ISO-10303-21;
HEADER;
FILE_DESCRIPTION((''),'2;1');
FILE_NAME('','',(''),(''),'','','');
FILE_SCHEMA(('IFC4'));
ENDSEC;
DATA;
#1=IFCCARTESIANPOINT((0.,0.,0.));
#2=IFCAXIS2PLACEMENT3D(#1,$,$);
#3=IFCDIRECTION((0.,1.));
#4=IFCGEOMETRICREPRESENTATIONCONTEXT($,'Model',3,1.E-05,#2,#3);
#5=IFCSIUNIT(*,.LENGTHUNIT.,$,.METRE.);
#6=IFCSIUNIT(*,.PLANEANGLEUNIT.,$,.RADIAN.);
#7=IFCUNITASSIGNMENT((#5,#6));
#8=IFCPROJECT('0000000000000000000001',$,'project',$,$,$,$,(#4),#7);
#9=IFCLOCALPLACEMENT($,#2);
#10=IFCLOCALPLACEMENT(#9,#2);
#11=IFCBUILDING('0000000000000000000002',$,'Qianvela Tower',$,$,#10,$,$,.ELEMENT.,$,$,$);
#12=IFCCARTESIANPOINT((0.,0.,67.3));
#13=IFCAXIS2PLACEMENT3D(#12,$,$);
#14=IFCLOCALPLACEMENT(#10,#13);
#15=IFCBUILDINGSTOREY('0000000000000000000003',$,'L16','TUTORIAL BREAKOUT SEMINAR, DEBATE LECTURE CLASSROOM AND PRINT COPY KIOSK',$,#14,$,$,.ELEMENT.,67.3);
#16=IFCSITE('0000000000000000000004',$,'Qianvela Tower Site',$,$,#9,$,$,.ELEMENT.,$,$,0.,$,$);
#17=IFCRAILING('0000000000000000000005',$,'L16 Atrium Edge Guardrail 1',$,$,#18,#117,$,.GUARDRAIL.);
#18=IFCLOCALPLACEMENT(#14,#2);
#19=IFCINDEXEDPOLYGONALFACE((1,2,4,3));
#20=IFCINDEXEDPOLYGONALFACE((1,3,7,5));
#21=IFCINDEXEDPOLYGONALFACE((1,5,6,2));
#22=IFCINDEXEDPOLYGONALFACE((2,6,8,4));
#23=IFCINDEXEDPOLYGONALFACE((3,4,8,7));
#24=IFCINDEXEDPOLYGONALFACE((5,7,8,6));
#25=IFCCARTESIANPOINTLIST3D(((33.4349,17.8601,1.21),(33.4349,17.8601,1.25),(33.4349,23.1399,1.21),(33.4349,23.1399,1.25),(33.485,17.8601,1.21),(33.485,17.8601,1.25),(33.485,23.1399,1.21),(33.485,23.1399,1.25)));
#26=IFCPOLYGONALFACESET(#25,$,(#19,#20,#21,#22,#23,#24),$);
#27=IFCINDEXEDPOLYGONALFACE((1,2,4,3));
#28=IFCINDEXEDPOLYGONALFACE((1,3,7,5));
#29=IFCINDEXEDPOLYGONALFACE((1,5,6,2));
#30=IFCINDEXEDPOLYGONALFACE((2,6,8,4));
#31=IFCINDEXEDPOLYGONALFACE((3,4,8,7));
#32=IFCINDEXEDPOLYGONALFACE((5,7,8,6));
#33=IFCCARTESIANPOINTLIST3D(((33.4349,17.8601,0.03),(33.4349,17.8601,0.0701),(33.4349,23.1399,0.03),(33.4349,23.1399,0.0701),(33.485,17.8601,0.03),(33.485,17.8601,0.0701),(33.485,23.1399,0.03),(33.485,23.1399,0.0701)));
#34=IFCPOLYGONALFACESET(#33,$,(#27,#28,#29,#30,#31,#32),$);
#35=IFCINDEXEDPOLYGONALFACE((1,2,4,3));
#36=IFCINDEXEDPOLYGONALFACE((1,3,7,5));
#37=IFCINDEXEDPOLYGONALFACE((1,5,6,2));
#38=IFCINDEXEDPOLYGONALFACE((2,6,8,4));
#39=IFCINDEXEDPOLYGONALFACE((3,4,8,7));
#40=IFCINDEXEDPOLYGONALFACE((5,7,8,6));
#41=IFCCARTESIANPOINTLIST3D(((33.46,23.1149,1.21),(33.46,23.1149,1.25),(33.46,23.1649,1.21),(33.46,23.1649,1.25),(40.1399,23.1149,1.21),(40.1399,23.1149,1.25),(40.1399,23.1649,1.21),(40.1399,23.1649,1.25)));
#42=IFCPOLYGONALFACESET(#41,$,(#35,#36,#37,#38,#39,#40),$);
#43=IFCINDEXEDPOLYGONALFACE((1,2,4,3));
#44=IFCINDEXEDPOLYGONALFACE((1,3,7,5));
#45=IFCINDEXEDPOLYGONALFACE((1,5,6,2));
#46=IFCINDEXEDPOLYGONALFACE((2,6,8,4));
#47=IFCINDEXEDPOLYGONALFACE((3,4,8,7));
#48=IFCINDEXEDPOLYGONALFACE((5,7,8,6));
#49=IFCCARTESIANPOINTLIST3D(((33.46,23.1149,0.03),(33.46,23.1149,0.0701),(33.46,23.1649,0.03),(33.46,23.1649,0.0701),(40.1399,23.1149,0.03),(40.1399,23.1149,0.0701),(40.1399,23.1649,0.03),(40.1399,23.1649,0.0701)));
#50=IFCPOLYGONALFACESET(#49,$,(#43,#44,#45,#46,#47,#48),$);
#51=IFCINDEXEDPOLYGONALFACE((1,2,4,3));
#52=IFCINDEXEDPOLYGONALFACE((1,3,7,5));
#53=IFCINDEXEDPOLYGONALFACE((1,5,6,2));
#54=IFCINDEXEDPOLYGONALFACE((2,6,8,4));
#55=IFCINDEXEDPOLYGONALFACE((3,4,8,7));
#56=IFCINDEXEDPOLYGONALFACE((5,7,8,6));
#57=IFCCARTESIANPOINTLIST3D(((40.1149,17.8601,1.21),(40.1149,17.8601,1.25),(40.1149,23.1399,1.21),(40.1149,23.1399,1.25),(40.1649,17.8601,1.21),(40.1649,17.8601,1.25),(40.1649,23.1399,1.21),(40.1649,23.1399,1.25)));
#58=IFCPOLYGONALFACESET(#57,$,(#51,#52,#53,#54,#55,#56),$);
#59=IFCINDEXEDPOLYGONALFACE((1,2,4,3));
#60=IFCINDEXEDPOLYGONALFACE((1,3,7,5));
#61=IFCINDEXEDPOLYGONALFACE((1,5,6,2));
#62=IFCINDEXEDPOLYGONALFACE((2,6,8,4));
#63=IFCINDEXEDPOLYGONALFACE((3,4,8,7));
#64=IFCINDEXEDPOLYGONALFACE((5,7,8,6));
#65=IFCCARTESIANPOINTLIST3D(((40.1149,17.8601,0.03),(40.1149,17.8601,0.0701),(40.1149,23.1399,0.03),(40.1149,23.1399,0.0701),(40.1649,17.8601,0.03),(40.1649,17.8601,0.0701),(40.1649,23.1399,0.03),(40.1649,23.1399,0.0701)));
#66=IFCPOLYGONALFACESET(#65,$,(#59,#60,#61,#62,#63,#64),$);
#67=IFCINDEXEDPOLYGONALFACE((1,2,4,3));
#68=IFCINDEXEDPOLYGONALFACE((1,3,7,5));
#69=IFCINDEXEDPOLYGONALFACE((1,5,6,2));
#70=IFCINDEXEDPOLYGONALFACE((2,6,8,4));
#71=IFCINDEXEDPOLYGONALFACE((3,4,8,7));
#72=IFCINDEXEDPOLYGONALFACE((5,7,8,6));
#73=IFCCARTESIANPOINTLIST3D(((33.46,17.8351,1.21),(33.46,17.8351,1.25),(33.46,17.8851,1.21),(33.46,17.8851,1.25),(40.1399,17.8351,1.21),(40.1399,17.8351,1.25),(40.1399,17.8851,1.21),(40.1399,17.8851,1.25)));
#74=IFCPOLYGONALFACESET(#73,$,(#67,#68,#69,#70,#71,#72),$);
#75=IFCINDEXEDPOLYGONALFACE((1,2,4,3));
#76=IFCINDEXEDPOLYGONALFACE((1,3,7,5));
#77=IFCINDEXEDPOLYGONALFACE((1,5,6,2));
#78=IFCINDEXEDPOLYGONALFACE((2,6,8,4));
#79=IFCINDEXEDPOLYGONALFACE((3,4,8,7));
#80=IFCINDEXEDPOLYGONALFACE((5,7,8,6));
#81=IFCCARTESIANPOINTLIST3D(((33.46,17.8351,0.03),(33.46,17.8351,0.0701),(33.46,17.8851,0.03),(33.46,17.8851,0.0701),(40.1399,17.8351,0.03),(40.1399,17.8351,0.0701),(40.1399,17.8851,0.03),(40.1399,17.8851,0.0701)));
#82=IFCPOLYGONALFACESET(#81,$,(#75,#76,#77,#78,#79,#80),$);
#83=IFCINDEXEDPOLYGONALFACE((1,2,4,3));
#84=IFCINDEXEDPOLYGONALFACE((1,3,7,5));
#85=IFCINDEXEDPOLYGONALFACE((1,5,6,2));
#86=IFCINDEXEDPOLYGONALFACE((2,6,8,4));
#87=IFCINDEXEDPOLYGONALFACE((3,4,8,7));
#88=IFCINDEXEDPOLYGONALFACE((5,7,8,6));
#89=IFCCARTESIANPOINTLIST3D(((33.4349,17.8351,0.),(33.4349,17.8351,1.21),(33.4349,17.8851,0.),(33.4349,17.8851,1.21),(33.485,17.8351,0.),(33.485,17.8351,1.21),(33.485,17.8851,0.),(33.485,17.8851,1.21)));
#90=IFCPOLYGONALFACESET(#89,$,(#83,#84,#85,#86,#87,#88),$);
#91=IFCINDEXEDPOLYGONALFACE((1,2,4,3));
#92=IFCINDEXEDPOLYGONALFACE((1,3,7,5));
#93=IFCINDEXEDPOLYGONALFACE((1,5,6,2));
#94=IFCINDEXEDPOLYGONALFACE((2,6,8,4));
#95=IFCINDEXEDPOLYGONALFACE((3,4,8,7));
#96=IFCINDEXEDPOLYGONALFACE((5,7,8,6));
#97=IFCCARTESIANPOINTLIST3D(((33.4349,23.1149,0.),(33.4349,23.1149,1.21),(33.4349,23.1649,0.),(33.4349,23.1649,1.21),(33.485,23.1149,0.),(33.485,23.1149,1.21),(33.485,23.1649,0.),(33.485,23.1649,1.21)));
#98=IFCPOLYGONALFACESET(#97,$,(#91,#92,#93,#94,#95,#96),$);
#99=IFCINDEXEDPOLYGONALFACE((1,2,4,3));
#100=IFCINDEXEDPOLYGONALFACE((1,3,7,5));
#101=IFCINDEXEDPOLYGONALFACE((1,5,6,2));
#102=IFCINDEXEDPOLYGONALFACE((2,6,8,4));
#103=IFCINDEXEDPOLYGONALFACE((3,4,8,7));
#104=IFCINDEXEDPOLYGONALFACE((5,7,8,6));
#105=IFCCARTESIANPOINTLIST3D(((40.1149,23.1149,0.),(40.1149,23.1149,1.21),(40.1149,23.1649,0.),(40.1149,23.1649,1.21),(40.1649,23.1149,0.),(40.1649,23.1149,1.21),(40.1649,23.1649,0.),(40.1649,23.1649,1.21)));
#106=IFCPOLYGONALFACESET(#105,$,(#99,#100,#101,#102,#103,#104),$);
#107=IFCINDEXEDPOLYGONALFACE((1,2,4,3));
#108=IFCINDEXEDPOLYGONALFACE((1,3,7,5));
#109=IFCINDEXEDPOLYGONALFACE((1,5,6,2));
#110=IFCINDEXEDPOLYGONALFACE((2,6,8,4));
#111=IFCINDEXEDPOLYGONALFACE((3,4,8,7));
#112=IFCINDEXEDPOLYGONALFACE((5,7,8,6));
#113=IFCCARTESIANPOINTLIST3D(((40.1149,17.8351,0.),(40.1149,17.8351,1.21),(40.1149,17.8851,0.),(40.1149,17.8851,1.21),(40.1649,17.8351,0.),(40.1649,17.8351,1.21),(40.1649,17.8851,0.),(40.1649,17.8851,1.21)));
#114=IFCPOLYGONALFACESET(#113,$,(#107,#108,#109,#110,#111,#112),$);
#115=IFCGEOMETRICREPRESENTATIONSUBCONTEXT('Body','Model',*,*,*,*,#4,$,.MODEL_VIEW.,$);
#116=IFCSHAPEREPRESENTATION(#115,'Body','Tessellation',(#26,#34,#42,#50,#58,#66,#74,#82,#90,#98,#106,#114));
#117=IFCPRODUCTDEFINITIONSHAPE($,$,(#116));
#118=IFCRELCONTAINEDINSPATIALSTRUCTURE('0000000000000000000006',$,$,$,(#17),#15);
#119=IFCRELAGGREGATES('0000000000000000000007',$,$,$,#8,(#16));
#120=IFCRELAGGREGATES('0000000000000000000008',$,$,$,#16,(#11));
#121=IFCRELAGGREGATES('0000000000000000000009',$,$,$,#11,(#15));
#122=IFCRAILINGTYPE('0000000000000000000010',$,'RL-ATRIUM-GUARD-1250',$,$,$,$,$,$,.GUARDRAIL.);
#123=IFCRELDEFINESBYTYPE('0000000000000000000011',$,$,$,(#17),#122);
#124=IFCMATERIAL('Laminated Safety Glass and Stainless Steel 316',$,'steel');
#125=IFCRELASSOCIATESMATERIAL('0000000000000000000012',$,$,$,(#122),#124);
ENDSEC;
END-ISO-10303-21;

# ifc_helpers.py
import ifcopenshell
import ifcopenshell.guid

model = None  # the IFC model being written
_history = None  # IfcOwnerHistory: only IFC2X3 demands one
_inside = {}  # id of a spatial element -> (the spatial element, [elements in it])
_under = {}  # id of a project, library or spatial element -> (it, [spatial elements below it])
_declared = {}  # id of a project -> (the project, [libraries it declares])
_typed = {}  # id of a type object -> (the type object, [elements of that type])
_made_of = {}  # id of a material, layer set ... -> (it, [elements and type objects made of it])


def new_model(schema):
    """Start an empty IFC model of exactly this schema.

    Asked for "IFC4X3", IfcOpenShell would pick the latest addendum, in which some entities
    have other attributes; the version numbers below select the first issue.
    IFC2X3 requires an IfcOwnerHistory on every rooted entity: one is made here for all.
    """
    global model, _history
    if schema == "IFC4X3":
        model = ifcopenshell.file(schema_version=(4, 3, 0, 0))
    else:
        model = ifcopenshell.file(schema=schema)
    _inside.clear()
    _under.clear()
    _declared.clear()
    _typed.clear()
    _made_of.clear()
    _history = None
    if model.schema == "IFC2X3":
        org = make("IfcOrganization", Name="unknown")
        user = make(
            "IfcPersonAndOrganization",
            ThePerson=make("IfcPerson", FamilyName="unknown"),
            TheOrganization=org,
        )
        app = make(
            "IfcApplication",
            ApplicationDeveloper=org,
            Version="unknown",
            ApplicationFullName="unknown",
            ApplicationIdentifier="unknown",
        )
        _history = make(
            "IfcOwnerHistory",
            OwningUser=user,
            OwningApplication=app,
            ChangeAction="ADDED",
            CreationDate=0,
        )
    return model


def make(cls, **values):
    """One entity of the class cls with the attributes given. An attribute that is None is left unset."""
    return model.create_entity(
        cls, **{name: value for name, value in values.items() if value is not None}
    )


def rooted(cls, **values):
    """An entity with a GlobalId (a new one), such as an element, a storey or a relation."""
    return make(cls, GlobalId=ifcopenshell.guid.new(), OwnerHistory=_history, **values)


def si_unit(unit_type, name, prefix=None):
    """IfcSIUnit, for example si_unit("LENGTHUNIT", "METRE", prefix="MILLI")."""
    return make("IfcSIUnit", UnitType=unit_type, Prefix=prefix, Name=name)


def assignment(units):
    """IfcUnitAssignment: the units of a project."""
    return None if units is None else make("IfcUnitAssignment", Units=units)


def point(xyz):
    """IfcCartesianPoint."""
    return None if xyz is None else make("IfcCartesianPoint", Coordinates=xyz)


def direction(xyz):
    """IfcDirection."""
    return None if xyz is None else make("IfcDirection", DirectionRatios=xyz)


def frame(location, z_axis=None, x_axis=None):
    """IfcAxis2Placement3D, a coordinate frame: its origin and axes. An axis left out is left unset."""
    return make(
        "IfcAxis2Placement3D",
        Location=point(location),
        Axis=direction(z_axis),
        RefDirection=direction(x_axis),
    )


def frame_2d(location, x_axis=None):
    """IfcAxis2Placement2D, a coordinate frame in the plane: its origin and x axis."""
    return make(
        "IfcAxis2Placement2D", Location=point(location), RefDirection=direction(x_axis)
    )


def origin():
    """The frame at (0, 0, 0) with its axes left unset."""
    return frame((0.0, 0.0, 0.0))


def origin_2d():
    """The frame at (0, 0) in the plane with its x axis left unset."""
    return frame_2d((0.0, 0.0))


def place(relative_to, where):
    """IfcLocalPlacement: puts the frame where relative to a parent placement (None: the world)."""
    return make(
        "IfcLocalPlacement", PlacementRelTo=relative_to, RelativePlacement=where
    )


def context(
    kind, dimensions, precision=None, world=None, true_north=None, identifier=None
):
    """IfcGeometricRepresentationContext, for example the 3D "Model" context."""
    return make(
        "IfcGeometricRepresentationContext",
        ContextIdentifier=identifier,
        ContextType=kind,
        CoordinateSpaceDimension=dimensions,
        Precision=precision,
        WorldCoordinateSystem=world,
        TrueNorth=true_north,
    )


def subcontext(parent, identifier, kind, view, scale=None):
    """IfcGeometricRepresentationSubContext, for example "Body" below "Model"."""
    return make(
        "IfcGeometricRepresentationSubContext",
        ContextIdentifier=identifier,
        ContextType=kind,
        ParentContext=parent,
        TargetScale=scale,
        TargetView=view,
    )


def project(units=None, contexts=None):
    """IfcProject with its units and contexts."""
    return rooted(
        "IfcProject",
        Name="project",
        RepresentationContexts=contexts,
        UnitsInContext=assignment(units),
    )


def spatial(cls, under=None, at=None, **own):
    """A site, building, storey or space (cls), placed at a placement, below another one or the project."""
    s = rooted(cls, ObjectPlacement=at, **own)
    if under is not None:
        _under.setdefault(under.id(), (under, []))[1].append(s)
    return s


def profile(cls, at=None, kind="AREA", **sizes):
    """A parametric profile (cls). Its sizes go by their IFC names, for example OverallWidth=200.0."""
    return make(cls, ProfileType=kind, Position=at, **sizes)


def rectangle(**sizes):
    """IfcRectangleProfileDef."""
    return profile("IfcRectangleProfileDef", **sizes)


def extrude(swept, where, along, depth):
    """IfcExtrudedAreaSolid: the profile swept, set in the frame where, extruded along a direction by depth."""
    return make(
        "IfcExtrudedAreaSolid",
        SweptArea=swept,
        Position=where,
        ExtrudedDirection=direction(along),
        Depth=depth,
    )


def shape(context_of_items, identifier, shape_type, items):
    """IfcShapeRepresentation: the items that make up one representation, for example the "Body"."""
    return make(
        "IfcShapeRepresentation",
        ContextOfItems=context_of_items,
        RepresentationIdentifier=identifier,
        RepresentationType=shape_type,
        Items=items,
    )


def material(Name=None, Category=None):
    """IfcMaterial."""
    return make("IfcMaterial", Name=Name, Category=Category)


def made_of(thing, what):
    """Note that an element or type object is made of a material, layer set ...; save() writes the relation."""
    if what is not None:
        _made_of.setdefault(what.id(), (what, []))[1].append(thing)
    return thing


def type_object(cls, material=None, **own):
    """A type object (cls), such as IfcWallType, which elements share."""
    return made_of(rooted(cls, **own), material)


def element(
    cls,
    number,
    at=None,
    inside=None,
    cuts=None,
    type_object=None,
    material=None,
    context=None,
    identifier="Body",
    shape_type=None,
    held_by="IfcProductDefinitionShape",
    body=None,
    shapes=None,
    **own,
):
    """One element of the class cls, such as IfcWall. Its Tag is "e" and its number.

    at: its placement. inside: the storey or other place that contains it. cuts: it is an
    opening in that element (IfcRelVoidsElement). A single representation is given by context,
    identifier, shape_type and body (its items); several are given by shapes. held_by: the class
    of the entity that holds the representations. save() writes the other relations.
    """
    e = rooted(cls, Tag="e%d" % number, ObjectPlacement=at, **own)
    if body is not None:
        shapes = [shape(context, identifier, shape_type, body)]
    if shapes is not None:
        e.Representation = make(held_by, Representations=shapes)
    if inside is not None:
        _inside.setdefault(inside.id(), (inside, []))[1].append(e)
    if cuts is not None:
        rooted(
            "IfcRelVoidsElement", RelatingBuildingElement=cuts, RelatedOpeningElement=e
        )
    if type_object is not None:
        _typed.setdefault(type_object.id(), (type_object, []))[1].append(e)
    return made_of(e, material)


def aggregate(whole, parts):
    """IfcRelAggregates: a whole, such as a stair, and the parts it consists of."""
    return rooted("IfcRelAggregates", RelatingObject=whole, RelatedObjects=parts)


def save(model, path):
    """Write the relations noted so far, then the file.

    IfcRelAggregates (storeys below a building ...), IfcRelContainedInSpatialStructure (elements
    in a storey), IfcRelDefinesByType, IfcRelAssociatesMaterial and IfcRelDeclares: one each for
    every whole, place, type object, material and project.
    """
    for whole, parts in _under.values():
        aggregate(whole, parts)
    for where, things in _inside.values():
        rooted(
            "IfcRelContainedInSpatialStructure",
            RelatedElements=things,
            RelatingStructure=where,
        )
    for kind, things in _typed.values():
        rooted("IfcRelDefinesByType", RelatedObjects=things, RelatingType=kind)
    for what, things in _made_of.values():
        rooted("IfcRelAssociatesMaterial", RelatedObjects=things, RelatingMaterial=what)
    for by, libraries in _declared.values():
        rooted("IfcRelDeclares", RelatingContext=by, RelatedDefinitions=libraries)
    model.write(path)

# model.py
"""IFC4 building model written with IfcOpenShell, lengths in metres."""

from ifc_helpers import new_model, si_unit, direction, frame, origin, origin_2d, place, context, subcontext, project, spatial, rectangle, extrude, material, type_object, element, save


model = new_model("IFC4")

# Units and contexts
model_context = context("Model", 3, precision=1e-05, world=origin(), true_north=direction((0.0, 1.0)))
body_context = subcontext(model_context, "Body", "Model", "MODEL_VIEW")
ifc_project = project(units=[si_unit("LENGTHUNIT", "METRE"), si_unit("PLANEANGLEUNIT", "RADIAN")], contexts=[model_context])

# Site, building, storey
site_placement = place(None, origin())
site = spatial("IfcSite", under=ifc_project, at=site_placement, Name="Qianvela Tower Site", CompositionType="ELEMENT", RefElevation=0.0)
building_placement = place(site_placement, origin())
building = spatial("IfcBuilding", under=site, at=building_placement, Name="Qianvela Tower", CompositionType="ELEMENT")
storey_placement = place(building_placement, frame((0.0, 0.0, 67.3)))
storey = spatial("IfcBuildingStorey", under=building, at=storey_placement, Name="L16", Description="TUTORIAL BREAKOUT SEMINAR, DEBATE LECTURE CLASSROOM AND PRINT COPY KIOSK", CompositionType="ELEMENT", Elevation=67.3)

# Railing
ifc_material_1 = material(Name="Laminated Safety Glass and Stainless Steel 316", Category="steel")
railing_type = type_object("IfcRailingType", Name="RL-ATRIUM-GUARD-1250", PredefinedType="GUARDRAIL", material=ifc_material_1)
railing_placement = place(storey_placement, frame((33.46, 17.8601, 0.0)))
element("IfcRailing", 1, at=railing_placement, inside=storey, type_object=railing_type, Name="L16 Atrium Edge Guardrail 1", PredefinedType="GUARDRAIL", context=body_context, shape_type="SweptSolid", body=[
    extrude(rectangle(XDim=0.05, YDim=0.04, at=origin_2d()), frame((0.0, 0.0, 1.23), z_axis=(0.0, 1.0, 0.0), x_axis=(-1.0, 0.0, 0.0)), (0.0, 0.0, 1.0), 5.2798),
    extrude(rectangle(XDim=0.05, YDim=0.04, at=origin_2d()), frame((0.0, 0.0, 0.05), z_axis=(0.0, 1.0, 0.0), x_axis=(-1.0, 0.0, 0.0)), (0.0, 0.0, 1.0), 5.2798),
    extrude(rectangle(XDim=0.05, YDim=0.04, at=origin_2d()), frame((0.0, 5.2798, 1.23), z_axis=(1.0, 0.0, 0.0), x_axis=(0.0, 1.0, 0.0)), (0.0, 0.0, 1.0), 6.6799),
    extrude(rectangle(XDim=0.05, YDim=0.04, at=origin_2d()), frame((0.0, 5.2798, 0.05), z_axis=(1.0, 0.0, 0.0), x_axis=(0.0, 1.0, 0.0)), (0.0, 0.0, 1.0), 6.6799),
    extrude(rectangle(XDim=0.05, YDim=0.04, at=origin_2d()), frame((6.6799, 5.2798, 1.23), z_axis=(0.0, -1.0, 0.0), x_axis=(1.0, 0.0, 0.0)), (0.0, 0.0, 1.0), 5.2798),
    extrude(rectangle(XDim=0.05, YDim=0.04, at=origin_2d()), frame((6.6799, 5.2798, 0.05), z_axis=(0.0, -1.0, 0.0), x_axis=(1.0, 0.0, 0.0)), (0.0, 0.0, 1.0), 5.2798),
    extrude(rectangle(XDim=0.05, YDim=0.04, at=origin_2d()), frame((6.6799, 0.0, 1.23), z_axis=(-1.0, 0.0, 0.0), x_axis=(0.0, -1.0, 0.0)), (0.0, 0.0, 1.0), 6.6799),
    extrude(rectangle(XDim=0.05, YDim=0.04, at=origin_2d()), frame((6.6799, 0.0, 0.05), z_axis=(-1.0, 0.0, 0.0), x_axis=(0.0, -1.0, 0.0)), (0.0, 0.0, 1.0), 6.6799),
    extrude(rectangle(XDim=0.05, YDim=0.05, at=origin_2d()), origin(), (0.0, 0.0, 1.0), 1.21),
    extrude(rectangle(XDim=0.05, YDim=0.05, at=origin_2d()), frame((0.0, 5.2798, 0.0)), (0.0, 0.0, 1.0), 1.21),
    extrude(rectangle(XDim=0.05, YDim=0.05, at=origin_2d()), frame((6.6799, 5.2798, 0.0)), (0.0, 0.0, 1.0), 1.21),
    extrude(rectangle(XDim=0.05, YDim=0.05, at=origin_2d()), frame((6.6799, 0.0, 0.0)), (0.0, 0.0, 1.0), 1.21),
])

save(model, "model.ifc")
